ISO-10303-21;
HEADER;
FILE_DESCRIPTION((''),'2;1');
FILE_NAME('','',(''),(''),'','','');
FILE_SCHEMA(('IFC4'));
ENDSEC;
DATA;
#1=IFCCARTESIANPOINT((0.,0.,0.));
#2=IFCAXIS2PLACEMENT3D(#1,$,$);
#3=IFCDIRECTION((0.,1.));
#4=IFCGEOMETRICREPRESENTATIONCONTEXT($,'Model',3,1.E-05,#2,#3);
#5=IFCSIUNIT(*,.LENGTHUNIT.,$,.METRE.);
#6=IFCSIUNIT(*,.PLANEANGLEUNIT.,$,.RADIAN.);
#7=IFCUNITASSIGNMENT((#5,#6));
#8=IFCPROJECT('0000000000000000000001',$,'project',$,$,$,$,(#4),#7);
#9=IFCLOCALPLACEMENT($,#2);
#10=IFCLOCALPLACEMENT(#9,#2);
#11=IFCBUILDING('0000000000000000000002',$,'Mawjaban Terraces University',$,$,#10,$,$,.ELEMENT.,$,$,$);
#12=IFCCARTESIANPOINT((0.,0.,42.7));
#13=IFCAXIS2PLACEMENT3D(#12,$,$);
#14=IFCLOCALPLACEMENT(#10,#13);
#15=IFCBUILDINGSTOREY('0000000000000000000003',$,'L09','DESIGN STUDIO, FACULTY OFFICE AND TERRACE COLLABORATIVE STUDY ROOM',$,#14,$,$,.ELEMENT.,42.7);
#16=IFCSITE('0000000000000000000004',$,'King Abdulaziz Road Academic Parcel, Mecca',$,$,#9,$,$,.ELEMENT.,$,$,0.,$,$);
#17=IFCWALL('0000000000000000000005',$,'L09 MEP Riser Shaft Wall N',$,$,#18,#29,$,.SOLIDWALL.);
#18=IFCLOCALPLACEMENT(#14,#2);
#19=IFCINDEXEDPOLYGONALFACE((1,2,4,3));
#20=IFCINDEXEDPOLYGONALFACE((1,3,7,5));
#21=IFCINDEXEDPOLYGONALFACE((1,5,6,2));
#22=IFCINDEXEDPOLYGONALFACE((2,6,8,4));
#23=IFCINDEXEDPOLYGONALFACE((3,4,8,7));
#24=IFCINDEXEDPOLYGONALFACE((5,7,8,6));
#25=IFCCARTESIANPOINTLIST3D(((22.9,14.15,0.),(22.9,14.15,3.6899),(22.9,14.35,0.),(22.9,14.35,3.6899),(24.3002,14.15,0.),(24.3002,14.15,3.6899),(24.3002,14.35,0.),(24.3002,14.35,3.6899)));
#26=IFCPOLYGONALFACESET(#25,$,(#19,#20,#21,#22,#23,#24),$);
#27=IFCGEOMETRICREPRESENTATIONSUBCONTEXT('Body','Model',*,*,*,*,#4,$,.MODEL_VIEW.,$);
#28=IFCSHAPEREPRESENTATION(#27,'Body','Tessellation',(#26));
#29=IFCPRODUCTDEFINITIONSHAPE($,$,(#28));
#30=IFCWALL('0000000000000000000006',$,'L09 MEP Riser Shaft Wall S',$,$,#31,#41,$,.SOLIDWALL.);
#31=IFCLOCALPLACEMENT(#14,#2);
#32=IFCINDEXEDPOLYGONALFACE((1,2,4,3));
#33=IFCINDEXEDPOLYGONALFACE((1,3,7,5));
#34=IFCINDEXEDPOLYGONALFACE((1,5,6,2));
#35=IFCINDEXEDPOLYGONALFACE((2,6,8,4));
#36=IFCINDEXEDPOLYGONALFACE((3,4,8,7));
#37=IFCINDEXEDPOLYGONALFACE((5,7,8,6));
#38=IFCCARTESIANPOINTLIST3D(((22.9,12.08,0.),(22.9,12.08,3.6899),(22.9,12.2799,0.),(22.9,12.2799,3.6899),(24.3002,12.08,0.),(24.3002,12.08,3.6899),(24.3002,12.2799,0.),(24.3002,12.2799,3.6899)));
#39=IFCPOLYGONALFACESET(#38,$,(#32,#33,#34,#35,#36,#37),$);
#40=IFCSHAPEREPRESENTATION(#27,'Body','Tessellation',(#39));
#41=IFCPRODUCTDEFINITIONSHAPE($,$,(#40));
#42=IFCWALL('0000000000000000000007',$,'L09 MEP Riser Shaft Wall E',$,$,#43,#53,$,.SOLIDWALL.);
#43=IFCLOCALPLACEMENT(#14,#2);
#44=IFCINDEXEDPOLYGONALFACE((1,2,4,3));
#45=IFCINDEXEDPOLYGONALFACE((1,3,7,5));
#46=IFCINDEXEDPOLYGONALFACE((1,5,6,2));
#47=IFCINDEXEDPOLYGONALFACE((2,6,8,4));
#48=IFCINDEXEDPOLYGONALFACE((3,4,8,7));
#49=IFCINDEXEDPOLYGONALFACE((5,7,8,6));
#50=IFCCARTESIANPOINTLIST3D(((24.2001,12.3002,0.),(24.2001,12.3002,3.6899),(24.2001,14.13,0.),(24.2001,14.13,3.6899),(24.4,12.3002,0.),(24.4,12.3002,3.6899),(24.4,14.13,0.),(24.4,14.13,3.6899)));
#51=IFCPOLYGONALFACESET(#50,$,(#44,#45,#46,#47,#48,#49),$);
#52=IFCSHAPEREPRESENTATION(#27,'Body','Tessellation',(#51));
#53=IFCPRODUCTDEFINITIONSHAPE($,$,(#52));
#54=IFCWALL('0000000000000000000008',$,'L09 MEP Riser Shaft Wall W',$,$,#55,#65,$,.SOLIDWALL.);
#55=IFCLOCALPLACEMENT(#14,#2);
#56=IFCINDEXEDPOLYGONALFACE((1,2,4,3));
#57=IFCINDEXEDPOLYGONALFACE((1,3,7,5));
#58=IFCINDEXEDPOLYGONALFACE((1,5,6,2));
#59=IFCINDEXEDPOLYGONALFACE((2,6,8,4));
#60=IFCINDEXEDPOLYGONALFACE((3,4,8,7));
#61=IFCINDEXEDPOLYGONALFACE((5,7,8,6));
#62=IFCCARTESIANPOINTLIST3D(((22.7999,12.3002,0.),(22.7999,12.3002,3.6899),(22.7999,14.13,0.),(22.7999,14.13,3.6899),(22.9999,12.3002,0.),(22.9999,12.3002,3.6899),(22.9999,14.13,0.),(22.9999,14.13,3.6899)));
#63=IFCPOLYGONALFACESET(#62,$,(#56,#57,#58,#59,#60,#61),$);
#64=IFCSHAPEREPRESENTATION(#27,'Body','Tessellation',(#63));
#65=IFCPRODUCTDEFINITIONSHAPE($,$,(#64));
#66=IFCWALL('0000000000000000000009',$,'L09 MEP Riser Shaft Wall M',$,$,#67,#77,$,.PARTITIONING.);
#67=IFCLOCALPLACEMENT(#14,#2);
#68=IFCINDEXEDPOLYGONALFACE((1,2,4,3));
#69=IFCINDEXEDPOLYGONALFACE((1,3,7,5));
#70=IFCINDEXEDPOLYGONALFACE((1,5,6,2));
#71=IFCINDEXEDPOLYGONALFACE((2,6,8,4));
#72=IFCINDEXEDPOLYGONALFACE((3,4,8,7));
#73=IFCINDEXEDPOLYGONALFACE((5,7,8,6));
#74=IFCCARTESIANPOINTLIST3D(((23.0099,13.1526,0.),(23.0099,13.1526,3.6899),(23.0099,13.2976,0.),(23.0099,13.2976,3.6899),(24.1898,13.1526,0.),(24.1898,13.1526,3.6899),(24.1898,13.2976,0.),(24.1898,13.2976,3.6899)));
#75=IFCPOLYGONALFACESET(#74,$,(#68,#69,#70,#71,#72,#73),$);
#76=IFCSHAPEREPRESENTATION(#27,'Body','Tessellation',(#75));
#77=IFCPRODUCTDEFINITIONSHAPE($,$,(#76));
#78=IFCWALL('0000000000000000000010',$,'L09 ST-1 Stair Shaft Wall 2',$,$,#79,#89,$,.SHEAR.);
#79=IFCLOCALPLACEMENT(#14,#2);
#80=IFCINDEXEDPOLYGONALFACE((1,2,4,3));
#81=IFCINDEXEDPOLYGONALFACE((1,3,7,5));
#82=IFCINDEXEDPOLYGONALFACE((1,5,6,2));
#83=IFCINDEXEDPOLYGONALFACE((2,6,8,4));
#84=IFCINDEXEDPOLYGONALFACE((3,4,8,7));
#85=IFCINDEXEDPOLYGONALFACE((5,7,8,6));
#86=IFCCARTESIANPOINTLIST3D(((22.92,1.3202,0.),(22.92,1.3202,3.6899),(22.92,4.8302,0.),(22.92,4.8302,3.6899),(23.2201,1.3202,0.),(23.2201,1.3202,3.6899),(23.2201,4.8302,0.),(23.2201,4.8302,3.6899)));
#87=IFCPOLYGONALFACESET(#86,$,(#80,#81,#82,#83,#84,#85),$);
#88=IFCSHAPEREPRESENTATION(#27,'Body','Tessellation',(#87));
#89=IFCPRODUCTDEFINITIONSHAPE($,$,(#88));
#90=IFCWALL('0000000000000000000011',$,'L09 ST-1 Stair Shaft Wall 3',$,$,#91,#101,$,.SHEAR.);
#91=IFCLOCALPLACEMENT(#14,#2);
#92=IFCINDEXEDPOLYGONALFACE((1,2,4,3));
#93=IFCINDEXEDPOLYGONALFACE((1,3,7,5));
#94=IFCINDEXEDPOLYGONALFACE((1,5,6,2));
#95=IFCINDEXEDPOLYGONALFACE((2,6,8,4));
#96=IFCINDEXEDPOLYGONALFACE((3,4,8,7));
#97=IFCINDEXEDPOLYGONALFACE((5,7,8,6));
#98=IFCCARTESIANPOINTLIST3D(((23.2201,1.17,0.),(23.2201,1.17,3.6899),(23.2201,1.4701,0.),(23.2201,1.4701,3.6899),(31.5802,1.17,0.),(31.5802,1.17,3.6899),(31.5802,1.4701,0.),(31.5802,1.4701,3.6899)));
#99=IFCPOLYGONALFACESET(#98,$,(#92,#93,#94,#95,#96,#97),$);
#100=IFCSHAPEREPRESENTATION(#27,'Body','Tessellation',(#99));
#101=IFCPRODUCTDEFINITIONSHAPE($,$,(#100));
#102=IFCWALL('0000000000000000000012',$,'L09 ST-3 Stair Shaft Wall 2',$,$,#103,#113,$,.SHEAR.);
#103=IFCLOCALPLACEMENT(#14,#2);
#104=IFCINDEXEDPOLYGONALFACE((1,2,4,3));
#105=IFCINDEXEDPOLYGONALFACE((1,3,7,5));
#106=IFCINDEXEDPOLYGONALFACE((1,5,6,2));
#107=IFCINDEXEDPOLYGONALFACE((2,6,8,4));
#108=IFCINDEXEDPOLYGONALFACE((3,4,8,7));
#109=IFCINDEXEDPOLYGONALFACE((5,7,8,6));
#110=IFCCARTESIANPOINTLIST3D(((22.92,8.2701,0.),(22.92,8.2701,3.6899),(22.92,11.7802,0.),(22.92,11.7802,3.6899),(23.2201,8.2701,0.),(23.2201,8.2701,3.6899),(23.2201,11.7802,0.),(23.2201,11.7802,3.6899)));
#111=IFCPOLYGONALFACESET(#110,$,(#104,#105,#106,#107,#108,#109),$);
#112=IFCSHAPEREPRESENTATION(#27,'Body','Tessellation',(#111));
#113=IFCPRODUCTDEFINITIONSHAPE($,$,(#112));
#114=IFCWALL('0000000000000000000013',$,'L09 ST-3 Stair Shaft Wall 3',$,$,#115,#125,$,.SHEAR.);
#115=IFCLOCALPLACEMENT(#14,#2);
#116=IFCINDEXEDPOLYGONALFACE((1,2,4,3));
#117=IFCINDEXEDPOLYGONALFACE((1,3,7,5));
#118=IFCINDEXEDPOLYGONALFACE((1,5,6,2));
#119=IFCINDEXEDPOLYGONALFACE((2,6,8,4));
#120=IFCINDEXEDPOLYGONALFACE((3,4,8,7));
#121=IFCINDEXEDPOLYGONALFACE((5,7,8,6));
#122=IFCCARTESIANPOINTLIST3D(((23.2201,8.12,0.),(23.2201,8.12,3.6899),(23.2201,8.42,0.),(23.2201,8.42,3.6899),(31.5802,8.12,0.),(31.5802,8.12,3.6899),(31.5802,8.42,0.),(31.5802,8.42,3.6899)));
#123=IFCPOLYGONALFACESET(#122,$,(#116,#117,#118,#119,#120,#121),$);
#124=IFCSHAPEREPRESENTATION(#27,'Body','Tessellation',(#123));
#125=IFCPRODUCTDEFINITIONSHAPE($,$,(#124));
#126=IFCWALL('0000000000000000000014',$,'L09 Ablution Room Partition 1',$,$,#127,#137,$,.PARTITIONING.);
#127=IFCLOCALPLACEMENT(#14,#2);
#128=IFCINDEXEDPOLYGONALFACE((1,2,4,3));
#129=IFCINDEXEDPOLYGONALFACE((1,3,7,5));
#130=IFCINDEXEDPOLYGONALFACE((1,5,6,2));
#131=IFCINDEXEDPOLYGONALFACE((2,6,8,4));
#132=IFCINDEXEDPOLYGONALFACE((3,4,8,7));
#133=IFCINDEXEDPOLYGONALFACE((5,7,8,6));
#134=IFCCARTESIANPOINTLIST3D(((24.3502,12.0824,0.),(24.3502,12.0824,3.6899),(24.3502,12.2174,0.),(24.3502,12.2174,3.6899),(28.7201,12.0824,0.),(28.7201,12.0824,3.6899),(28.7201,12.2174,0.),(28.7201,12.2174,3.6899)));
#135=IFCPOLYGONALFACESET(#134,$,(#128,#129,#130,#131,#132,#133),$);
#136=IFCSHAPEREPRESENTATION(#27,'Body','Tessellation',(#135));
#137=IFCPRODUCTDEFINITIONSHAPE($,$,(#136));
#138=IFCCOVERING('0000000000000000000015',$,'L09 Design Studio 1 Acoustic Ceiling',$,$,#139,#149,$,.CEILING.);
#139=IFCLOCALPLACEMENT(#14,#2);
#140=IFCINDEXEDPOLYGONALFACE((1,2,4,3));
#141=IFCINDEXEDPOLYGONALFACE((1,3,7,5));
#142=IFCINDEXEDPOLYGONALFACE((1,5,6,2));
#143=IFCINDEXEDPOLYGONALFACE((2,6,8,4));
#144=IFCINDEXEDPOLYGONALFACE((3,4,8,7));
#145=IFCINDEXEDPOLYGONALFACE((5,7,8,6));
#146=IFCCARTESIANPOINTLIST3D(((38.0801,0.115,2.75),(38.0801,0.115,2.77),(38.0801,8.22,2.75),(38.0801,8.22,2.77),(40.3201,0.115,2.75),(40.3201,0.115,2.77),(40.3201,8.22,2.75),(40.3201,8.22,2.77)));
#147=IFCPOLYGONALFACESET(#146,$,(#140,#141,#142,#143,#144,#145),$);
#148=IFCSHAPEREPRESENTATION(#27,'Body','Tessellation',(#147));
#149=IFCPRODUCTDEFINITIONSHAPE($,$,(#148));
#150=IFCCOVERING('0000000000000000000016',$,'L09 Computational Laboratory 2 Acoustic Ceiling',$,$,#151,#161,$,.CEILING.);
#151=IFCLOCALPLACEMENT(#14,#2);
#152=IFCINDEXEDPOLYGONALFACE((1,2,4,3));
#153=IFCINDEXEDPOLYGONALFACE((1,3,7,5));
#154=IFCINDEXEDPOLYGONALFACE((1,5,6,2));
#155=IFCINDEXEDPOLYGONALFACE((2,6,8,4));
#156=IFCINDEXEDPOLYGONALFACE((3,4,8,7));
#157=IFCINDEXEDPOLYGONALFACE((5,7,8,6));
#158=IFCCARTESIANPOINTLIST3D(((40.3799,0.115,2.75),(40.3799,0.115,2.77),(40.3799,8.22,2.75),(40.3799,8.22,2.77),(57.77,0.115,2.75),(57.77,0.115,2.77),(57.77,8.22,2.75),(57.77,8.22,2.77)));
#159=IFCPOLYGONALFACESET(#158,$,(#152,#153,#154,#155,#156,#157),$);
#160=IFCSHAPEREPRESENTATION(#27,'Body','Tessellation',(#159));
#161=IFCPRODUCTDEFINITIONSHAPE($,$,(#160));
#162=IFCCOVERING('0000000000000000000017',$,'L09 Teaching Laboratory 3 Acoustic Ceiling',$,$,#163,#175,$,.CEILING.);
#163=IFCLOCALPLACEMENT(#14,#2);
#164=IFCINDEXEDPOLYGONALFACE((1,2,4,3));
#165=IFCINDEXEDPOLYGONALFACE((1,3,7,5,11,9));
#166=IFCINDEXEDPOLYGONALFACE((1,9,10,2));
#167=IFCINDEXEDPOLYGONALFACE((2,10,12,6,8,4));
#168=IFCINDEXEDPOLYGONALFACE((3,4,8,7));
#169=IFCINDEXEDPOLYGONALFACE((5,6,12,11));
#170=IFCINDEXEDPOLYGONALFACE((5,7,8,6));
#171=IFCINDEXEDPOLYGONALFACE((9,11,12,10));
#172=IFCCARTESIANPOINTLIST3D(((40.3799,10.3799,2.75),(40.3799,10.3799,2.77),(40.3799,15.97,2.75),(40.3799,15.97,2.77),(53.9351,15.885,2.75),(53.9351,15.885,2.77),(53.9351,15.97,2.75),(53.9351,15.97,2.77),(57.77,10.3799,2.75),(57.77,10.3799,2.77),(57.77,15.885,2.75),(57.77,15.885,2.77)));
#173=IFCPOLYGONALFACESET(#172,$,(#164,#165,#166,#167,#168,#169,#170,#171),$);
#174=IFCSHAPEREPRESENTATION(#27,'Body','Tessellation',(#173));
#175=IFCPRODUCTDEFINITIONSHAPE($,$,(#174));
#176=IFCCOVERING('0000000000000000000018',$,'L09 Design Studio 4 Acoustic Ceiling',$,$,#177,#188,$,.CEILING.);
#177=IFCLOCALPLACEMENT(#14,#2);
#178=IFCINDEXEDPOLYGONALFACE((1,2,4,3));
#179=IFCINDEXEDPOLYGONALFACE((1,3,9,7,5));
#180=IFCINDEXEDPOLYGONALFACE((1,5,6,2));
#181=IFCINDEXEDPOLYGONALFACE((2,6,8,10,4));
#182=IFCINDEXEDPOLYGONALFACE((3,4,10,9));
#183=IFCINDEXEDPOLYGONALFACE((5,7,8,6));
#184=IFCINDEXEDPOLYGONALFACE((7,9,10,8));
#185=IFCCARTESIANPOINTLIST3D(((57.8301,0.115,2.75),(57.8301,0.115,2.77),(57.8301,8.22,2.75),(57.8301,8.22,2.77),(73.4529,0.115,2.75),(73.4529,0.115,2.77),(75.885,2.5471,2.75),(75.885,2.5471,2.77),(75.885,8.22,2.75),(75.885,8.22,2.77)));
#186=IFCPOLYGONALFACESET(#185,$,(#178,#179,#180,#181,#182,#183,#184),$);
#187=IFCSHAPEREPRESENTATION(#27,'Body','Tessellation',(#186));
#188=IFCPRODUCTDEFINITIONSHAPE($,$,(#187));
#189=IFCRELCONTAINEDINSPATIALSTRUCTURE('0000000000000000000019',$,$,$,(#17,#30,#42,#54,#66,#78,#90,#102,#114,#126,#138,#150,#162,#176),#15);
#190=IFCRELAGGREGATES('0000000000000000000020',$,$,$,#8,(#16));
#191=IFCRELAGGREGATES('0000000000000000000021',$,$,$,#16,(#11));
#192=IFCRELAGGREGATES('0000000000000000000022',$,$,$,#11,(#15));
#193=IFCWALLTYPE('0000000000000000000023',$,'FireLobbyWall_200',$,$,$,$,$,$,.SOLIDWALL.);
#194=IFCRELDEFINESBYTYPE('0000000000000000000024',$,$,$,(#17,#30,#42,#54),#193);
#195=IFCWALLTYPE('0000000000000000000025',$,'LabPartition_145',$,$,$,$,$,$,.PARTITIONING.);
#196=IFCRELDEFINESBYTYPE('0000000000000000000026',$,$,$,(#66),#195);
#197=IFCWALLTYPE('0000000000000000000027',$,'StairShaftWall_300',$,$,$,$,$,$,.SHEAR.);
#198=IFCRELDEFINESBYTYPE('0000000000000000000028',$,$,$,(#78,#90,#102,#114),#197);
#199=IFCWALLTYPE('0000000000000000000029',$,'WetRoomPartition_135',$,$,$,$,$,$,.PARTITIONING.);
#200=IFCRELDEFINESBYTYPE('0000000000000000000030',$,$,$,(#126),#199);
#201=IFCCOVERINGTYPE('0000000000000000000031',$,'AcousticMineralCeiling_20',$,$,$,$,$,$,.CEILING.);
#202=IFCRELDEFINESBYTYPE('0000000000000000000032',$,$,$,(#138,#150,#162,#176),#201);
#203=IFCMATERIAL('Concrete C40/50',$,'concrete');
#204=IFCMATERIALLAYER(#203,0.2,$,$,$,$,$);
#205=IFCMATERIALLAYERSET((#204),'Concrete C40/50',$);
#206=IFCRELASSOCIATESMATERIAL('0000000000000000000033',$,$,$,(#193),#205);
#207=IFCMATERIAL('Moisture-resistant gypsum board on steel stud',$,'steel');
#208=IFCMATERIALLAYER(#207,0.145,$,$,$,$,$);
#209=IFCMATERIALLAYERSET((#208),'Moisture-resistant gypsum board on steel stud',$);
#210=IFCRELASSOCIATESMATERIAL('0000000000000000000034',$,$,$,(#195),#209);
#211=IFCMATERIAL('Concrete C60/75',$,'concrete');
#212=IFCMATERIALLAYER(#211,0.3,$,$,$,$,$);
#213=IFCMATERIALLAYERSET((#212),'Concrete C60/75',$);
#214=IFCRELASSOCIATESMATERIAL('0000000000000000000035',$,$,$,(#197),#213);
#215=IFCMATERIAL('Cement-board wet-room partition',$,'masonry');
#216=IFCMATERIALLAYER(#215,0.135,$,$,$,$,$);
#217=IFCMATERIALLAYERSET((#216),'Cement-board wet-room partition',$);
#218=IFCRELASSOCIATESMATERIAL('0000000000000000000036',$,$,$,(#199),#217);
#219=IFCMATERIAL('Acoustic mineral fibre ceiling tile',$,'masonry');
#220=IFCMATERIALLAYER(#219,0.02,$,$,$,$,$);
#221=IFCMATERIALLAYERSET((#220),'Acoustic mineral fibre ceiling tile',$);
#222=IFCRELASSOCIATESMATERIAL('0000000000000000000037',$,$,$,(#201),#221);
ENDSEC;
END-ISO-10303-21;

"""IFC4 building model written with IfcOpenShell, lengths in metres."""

from ifc_helpers import new_model, si_unit, direction, frame, frame_2d, origin, place, context, subcontext, project, spatial, polyline, rectangle, outline, extrude, material, layer, layer_set, type_object, element, save


model = new_model("IFC4")

# Units and contexts
model_context = context("Model", 3, precision=1e-05, world=origin(), true_north=direction((0.0, 1.0)))
body_context = subcontext(model_context, "Body", "Model", "MODEL_VIEW")
ifc_project = project(units=[si_unit("LENGTHUNIT", "METRE"), si_unit("PLANEANGLEUNIT", "RADIAN")], contexts=[model_context])

# Site, building, storey
site_placement = place(None, origin())
site = spatial("IfcSite", under=ifc_project, at=site_placement, Name="King Abdulaziz Road Academic Parcel, Mecca", CompositionType="ELEMENT", RefElevation=0.0)
building_placement = place(site_placement, origin())
building = spatial("IfcBuilding", under=site, at=building_placement, Name="Mawjaban Terraces University", CompositionType="ELEMENT")
storey_placement = place(building_placement, frame((0.0, 0.0, 42.7)))
storey = spatial("IfcBuildingStorey", under=building, at=storey_placement, Name="L09", Description="DESIGN STUDIO, FACULTY OFFICE AND TERRACE COLLABORATIVE STUDY ROOM", CompositionType="ELEMENT", Elevation=42.7)

# Shared definitions
ifc_material_1 = material(Name="Concrete C40/50", Category="concrete")

# Walls
ifc_layer_1 = layer(ifc_material_1, 0.2)
ifc_layer_set_1 = layer_set([ifc_layer_1], Name="Concrete C40/50")
wall_type_1 = type_object("IfcWallType", Name="FireLobbyWall_200", PredefinedType="SOLIDWALL", material=ifc_layer_set_1)
for number, where, z_axis, x_axis, name in (
    (1, (22.8999, 14.25, 0.0), (0.0, 0.0, 1.0), (1.0, 0.0, 0.0), "L09 MEP Riser Shaft Wall N"),
    (2, (22.8999, 12.1799, 0.0), (0.0, 0.0, 1.0), (1.0, 0.0, 0.0), "L09 MEP Riser Shaft Wall S"),
):
    element("IfcWall", number, at=place(storey_placement, frame(where, z_axis=z_axis, x_axis=x_axis)), inside=storey, type_object=wall_type_1, Name=name, PredefinedType="SOLIDWALL", context=body_context, shape_type="SweptSolid", body=[
        extrude(rectangle(XDim=1.4001, YDim=0.2, at=frame_2d((0.7002, 0.0))), origin(), (0.0, 0.0, 1.0), 3.6899),
    ])
for number, where, z_axis, x_axis, name in (
    (3, (24.3, 12.3, 0.0), (0.0, 0.0, 1.0), (0.0, 1.0, 0.0), "L09 MEP Riser Shaft Wall E"),
    (4, (22.8999, 12.3, 0.0), (0.0, 0.0, 1.0), (0.0, 1.0, 0.0), "L09 MEP Riser Shaft Wall W"),
):
    element("IfcWall", number, at=place(storey_placement, frame(where, z_axis=z_axis, x_axis=x_axis)), inside=storey, type_object=wall_type_1, Name=name, PredefinedType="SOLIDWALL", context=body_context, shape_type="SweptSolid", body=[
        extrude(rectangle(XDim=1.8298, YDim=0.2, at=frame_2d((0.915, 0.0))), origin(), (0.0, 0.0, 1.0), 3.6899),
    ])
ifc_material_2 = material(Name="Moisture-resistant gypsum board on steel stud", Category="steel")
ifc_layer_2 = layer(ifc_material_2, 0.145)
ifc_layer_set_2 = layer_set([ifc_layer_2], Name="Moisture-resistant gypsum board on steel stud")
wall_type_2 = type_object("IfcWallType", Name="LabPartition_145", PredefinedType="PARTITIONING", material=ifc_layer_set_2)
wall_1_placement = place(storey_placement, frame((23.01, 13.2251, 0.0), z_axis=(0.0, 0.0, 1.0), x_axis=(1.0, 0.0, 0.0)))
element("IfcWall", 5, at=wall_1_placement, inside=storey, type_object=wall_type_2, Name="L09 MEP Riser Shaft Wall M", PredefinedType="PARTITIONING", context=body_context, shape_type="SweptSolid", body=[
    extrude(rectangle(XDim=1.1799, YDim=0.145, at=frame_2d((0.5898, 0.0))), origin(), (0.0, 0.0, 1.0), 3.6899),
])
ifc_material_3 = material(Name="Concrete C60/75", Category="concrete")
ifc_layer_3 = layer(ifc_material_3, 0.3)
ifc_layer_set_3 = layer_set([ifc_layer_3], Name="Concrete C60/75")
wall_type_3 = type_object("IfcWallType", Name="StairShaftWall_300", PredefinedType="SHEAR", material=ifc_layer_set_3)
wall_2_placement = place(storey_placement, frame((23.0701, 4.8301, 0.0), z_axis=(0.0, 0.0, 1.0), x_axis=(0.0, -1.0, 0.0)))
element("IfcWall", 6, at=wall_2_placement, inside=storey, type_object=wall_type_3, Name="L09 ST-1 Stair Shaft Wall 2", PredefinedType="SHEAR", context=body_context, shape_type="SweptSolid", body=[
    extrude(rectangle(XDim=3.51, YDim=0.3, at=frame_2d((1.7549, 0.0))), origin(), (0.0, 0.0, 1.0), 3.6899),
])
wall_3_placement = place(storey_placement, frame((23.22, 1.3201, 0.0), z_axis=(0.0, 0.0, 1.0), x_axis=(1.0, 0.0, 0.0)))
element("IfcWall", 7, at=wall_3_placement, inside=storey, type_object=wall_type_3, Name="L09 ST-1 Stair Shaft Wall 3", PredefinedType="SHEAR", context=body_context, shape_type="SweptSolid", body=[
    extrude(rectangle(XDim=8.3601, YDim=0.3, at=frame_2d((4.1802, 0.0))), origin(), (0.0, 0.0, 1.0), 3.6899),
])
wall_4_placement = place(storey_placement, frame((23.0701, 11.78, 0.0), z_axis=(0.0, 0.0, 1.0), x_axis=(0.0, -1.0, 0.0)))
element("IfcWall", 8, at=wall_4_placement, inside=storey, type_object=wall_type_3, Name="L09 ST-3 Stair Shaft Wall 2", PredefinedType="SHEAR", context=body_context, shape_type="SweptSolid", body=[
    extrude(rectangle(XDim=3.51, YDim=0.3, at=frame_2d((1.7549, 0.0))), origin(), (0.0, 0.0, 1.0), 3.6899),
])
wall_5_placement = place(storey_placement, frame((23.22, 8.27, 0.0), z_axis=(0.0, 0.0, 1.0), x_axis=(1.0, 0.0, 0.0)))
element("IfcWall", 9, at=wall_5_placement, inside=storey, type_object=wall_type_3, Name="L09 ST-3 Stair Shaft Wall 3", PredefinedType="SHEAR", context=body_context, shape_type="SweptSolid", body=[
    extrude(rectangle(XDim=8.3601, YDim=0.3, at=frame_2d((4.1802, 0.0))), origin(), (0.0, 0.0, 1.0), 3.6899),
])
ifc_material_4 = material(Name="Cement-board wet-room partition", Category="masonry")
ifc_layer_4 = layer(ifc_material_4, 0.135)
ifc_layer_set_4 = layer_set([ifc_layer_4], Name="Cement-board wet-room partition")
wall_type_4 = type_object("IfcWallType", Name="WetRoomPartition_135", PredefinedType="PARTITIONING", material=ifc_layer_set_4)
wall_6_placement = place(storey_placement, frame((24.3501, 12.1499, 0.0), z_axis=(0.0, 0.0, 1.0), x_axis=(1.0, 0.0, 0.0)))
element("IfcWall", 10, at=wall_6_placement, inside=storey, type_object=wall_type_4, Name="L09 Ablution Room Partition 1", PredefinedType="PARTITIONING", context=body_context, shape_type="SweptSolid", body=[
    extrude(rectangle(XDim=4.3699, YDim=0.135, at=frame_2d((2.1851, 0.0))), origin(), (0.0, 0.0, 1.0), 3.6899),
])

# Coverings
ifc_material_5 = material(Name="Acoustic mineral fibre ceiling tile", Category="masonry")
ifc_layer_5 = layer(ifc_material_5, 0.02)
ifc_layer_set_5 = layer_set([ifc_layer_5], Name="Acoustic mineral fibre ceiling tile")
covering_type = type_object("IfcCoveringType", Name="AcousticMineralCeiling_20", PredefinedType="CEILING", material=ifc_layer_set_5)
covering_1_placement = place(storey_placement, frame((0.0, 0.0, 2.75)))
element("IfcCovering", 11, at=covering_1_placement, inside=storey, type_object=covering_type, Name="L09 Design Studio 1 Acoustic Ceiling", PredefinedType="CEILING", context=body_context, shape_type="SweptSolid", body=[
    extrude(outline(polyline([(38.0801, 0.115), (40.3201, 0.115), (40.3201, 8.22), (38.0801, 8.22), (38.0801, 0.115)])), origin(), (0.0, 0.0, 1.0), 0.02),
])
covering_2_placement = place(storey_placement, frame((0.0, 0.0, 2.75)))
element("IfcCovering", 12, at=covering_2_placement, inside=storey, type_object=covering_type, Name="L09 Computational Laboratory 2 Acoustic Ceiling", PredefinedType="CEILING", context=body_context, shape_type="SweptSolid", body=[
    extrude(outline(polyline([(40.3799, 0.115), (57.77, 0.115), (57.77, 8.22), (40.3799, 8.22), (40.3799, 0.115)])), origin(), (0.0, 0.0, 1.0), 0.02),
])
covering_3_placement = place(storey_placement, frame((0.0, 0.0, 2.75)))
element("IfcCovering", 13, at=covering_3_placement, inside=storey, type_object=covering_type, Name="L09 Teaching Laboratory 3 Acoustic Ceiling", PredefinedType="CEILING", context=body_context, shape_type="SweptSolid", body=[
    extrude(outline(polyline([(57.77, 15.885), (53.9351, 15.885), (53.9351, 15.97), (40.3799, 15.97), (40.3799, 10.3799), (57.77, 10.3799), (57.77, 15.885)])), origin(), (0.0, 0.0, 1.0), 0.02),
])
covering_4_placement = place(storey_placement, frame((0.0, 0.0, 2.75)))
element("IfcCovering", 14, at=covering_4_placement, inside=storey, type_object=covering_type, Name="L09 Design Studio 4 Acoustic Ceiling", PredefinedType="CEILING", context=body_context, shape_type="SweptSolid", body=[
    extrude(outline(polyline([(57.8301, 0.115), (73.4529, 0.115), (75.885, 2.5471), (75.885, 8.22), (57.8301, 8.22), (57.8301, 0.115)])), origin(), (0.0, 0.0, 1.0), 0.02),
])

save(model, "model.ifc")
